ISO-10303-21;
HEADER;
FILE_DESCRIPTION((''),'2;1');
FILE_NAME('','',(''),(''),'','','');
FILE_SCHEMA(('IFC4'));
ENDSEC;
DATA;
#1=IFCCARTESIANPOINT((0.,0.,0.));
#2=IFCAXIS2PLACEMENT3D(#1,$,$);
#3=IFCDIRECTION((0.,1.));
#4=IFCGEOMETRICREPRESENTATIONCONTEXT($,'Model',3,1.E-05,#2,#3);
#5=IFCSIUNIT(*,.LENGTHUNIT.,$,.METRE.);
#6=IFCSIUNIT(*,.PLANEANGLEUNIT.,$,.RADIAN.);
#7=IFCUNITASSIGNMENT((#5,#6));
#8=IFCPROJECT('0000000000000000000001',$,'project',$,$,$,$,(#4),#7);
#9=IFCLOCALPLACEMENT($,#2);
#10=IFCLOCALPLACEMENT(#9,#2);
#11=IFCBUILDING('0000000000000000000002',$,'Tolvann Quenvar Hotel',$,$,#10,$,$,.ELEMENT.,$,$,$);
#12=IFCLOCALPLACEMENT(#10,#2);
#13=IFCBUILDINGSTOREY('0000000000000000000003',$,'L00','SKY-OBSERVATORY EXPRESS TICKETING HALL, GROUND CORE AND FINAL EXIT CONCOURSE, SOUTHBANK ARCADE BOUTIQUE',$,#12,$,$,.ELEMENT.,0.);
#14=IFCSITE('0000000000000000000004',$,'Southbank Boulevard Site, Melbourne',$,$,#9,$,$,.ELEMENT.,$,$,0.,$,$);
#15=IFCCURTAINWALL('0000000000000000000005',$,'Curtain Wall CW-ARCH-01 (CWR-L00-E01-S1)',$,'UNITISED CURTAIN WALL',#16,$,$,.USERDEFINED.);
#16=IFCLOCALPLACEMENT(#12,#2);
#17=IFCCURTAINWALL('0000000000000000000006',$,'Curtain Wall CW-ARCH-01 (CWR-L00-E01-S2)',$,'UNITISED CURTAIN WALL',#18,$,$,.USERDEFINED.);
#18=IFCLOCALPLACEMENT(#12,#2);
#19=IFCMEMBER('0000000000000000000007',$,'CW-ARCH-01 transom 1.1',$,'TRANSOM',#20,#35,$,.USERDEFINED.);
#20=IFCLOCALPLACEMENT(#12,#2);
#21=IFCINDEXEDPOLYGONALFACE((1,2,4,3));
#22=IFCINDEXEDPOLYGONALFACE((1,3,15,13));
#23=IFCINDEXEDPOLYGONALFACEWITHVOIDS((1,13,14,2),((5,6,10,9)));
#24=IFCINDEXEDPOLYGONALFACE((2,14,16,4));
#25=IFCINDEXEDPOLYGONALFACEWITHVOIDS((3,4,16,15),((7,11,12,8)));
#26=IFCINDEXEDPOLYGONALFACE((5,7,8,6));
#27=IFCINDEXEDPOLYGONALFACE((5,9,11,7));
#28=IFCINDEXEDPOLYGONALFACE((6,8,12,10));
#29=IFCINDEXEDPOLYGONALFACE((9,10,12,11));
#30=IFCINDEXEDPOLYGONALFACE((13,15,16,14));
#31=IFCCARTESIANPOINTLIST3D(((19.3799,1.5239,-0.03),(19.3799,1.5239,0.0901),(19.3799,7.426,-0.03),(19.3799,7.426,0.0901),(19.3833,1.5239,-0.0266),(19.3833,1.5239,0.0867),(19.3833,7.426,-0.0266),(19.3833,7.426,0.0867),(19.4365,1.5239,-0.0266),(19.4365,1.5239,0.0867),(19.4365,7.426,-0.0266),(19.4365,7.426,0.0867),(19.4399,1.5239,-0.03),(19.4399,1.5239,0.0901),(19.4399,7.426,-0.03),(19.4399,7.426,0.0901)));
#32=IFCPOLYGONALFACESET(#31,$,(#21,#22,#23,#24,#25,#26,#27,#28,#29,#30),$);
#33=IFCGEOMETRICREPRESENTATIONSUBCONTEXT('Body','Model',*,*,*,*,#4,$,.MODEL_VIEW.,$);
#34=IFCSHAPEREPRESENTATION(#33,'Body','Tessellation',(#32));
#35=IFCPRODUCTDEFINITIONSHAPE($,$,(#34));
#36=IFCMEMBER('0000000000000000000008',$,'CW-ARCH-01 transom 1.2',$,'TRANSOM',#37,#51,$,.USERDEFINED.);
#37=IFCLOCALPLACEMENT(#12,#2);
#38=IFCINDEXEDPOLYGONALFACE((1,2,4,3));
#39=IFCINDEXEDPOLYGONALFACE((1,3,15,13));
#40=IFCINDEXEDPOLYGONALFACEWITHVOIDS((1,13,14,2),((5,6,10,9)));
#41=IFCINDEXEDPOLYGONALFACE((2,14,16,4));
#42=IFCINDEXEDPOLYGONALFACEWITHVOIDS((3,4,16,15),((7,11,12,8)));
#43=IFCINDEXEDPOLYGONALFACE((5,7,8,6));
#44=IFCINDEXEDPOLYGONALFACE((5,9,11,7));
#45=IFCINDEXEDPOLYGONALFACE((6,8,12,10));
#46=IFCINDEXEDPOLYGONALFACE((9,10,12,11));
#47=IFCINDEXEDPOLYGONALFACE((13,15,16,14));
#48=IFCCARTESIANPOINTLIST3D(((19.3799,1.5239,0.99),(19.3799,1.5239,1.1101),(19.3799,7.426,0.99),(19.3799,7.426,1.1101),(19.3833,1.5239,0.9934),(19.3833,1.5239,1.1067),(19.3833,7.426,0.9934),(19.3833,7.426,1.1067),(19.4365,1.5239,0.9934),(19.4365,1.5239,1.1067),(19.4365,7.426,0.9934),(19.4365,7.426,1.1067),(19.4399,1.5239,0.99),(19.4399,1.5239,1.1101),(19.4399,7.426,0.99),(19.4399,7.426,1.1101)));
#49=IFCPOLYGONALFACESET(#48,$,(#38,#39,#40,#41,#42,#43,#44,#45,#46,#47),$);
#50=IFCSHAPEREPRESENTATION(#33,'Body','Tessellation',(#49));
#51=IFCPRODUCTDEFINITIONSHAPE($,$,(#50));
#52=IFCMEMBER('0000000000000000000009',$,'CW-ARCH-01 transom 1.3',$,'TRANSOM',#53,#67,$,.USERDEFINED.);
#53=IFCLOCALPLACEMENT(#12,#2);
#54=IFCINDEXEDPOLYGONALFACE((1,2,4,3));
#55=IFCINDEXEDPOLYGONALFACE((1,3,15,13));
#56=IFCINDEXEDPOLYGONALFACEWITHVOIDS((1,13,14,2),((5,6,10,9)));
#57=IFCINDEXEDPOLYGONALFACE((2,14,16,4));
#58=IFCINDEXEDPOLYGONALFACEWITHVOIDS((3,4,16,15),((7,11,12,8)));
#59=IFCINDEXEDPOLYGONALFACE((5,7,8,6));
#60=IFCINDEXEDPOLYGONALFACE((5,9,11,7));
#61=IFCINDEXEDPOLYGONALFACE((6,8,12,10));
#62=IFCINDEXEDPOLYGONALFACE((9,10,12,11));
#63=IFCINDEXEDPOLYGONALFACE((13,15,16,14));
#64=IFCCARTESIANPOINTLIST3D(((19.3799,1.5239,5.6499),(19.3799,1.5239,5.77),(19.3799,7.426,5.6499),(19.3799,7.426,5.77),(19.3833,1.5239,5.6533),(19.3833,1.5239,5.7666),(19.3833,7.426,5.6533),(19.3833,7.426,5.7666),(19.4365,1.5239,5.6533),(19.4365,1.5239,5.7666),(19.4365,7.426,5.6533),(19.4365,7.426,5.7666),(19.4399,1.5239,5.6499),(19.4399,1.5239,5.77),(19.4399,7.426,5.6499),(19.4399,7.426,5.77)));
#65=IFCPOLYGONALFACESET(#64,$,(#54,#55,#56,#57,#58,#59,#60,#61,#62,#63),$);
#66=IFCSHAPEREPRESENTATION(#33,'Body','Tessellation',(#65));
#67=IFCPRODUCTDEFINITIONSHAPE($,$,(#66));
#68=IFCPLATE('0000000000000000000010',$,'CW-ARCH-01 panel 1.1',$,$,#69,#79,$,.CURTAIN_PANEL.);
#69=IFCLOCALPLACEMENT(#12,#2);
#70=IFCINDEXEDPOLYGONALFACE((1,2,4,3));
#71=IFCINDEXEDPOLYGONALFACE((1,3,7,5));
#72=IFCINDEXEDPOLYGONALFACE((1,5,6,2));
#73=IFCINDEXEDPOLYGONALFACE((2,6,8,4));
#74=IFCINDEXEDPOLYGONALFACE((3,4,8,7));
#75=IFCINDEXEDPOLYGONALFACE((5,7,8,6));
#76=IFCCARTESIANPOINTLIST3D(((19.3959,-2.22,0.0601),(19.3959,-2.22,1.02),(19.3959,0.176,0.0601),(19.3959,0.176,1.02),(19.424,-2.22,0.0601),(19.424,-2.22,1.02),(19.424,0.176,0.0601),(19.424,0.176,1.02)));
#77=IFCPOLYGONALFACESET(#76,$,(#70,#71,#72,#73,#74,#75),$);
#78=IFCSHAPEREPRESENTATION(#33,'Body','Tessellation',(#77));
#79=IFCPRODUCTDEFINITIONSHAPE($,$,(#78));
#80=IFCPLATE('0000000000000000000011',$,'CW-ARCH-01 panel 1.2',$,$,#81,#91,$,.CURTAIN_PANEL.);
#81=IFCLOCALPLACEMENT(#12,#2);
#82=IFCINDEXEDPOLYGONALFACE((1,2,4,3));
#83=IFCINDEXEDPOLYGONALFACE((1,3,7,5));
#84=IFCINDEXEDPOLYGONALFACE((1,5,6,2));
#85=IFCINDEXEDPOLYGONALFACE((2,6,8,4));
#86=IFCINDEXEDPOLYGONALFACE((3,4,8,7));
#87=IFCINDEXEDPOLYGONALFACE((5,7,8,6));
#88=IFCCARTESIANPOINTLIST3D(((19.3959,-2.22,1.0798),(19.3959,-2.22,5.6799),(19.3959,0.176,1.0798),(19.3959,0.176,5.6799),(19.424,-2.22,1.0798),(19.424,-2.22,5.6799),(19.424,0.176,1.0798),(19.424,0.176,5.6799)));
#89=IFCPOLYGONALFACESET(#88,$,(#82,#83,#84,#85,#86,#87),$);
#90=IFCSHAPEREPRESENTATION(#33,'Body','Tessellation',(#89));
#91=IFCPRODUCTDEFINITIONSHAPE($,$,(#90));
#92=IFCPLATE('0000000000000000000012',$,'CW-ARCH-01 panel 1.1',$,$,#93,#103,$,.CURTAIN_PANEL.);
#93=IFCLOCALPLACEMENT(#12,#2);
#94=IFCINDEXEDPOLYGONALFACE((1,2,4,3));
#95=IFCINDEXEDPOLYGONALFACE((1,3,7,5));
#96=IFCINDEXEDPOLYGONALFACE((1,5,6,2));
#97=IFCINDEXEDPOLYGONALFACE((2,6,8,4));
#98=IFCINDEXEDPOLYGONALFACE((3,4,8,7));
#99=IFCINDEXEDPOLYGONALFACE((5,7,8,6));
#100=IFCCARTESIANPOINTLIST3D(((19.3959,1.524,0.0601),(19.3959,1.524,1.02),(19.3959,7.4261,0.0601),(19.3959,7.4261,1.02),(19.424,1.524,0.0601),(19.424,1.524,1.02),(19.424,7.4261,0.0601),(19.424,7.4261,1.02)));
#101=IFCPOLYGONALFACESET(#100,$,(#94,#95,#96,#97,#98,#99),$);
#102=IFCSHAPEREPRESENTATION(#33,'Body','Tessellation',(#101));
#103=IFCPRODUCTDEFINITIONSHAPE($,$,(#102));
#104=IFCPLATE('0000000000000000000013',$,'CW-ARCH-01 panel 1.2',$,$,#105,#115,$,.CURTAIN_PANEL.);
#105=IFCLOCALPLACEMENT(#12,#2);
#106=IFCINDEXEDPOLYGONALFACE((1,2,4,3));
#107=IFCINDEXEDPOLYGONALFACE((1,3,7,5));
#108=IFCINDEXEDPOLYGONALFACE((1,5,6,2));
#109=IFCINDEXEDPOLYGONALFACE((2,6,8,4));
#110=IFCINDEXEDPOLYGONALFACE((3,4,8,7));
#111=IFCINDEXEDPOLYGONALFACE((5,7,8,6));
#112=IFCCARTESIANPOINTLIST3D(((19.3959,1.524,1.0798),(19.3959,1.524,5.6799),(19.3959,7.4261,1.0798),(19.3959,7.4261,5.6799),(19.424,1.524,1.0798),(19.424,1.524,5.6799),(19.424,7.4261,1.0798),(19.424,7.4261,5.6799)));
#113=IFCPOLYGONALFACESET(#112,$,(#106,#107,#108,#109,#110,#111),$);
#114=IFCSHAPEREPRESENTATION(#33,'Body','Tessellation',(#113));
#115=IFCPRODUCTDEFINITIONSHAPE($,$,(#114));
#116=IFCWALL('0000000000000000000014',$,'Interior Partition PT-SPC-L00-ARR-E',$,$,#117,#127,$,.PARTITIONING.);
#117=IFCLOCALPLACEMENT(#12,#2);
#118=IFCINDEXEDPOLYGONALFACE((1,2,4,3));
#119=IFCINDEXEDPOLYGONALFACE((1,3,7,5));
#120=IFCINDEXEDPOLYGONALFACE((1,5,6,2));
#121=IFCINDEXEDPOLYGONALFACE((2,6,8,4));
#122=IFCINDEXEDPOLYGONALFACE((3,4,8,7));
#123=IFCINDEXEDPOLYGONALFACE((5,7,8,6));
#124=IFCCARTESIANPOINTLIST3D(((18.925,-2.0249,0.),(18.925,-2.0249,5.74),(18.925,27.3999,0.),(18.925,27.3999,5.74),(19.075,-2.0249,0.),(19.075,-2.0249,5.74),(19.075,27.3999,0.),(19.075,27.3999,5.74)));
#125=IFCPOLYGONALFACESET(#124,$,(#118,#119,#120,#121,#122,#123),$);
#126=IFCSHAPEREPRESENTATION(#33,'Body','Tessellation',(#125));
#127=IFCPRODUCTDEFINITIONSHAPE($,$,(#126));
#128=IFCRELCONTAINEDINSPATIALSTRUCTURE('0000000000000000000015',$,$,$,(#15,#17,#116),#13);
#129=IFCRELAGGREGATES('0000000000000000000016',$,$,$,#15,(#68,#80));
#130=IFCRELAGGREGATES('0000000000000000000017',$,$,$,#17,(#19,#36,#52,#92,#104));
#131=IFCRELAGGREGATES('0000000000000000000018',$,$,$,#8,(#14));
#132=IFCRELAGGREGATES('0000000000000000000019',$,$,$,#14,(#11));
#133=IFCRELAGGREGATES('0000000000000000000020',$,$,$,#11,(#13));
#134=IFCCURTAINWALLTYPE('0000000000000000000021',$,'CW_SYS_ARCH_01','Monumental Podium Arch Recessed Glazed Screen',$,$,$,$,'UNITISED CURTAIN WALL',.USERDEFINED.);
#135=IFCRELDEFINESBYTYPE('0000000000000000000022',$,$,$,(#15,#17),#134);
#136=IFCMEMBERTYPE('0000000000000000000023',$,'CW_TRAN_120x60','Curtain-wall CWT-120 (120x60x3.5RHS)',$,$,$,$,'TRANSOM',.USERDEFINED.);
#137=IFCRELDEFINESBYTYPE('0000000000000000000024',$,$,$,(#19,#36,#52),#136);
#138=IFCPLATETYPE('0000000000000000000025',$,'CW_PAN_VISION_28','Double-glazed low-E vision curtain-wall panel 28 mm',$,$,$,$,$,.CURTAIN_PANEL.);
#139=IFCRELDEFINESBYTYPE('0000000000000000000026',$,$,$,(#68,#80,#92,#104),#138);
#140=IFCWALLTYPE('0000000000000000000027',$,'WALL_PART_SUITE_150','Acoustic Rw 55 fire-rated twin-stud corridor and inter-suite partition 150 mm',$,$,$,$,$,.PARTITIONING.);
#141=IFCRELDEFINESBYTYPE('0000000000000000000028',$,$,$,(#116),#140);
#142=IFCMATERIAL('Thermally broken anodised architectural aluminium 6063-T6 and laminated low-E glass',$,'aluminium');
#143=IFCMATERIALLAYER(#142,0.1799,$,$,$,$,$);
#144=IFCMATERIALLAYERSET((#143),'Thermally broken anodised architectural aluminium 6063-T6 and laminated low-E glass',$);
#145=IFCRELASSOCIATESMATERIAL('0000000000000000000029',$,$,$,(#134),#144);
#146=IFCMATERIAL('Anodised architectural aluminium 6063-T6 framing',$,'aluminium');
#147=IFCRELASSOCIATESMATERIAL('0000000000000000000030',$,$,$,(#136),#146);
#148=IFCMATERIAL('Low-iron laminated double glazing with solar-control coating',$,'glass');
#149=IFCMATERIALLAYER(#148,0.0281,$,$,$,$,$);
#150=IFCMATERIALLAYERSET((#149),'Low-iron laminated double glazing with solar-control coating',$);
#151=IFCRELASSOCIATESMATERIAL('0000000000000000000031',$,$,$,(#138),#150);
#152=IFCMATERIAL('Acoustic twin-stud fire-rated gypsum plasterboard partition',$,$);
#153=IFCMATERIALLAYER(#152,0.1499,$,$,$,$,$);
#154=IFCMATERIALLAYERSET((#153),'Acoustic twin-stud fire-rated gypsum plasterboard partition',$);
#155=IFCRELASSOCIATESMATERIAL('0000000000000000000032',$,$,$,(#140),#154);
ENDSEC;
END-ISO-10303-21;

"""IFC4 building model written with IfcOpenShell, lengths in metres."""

from ifc_helpers import new_model, si_unit, direction, frame, frame_2d, origin, origin_2d, place, context, subcontext, project, spatial, rectangle, hollow_rectangle, extrude, source, transform, mapped, material, layer, layer_set, material_profile, profile_set, type_object, type_shapes, element, aggregate, save


model = new_model("IFC4")

# Units and contexts
model_context = context("Model", 3, precision=1e-05, world=origin(), true_north=direction((0.0, 1.0)))
body_context = subcontext(model_context, "Body", "Model", "MODEL_VIEW")
ifc_project = project(units=[si_unit("LENGTHUNIT", "METRE"), si_unit("PLANEANGLEUNIT", "RADIAN")], contexts=[model_context])

# Site, building, storey
site_placement = place(None, origin())
site = spatial("IfcSite", under=ifc_project, at=site_placement, Name="Southbank Boulevard Site, Melbourne", CompositionType="ELEMENT", RefElevation=0.0)
building_placement = place(site_placement, origin())
building = spatial("IfcBuilding", under=site, at=building_placement, Name="Tolvann Quenvar Hotel", CompositionType="ELEMENT")
storey_placement = place(building_placement, origin())
storey = spatial("IfcBuildingStorey", under=building, at=storey_placement, Name="L00", Description="SKY-OBSERVATORY EXPRESS TICKETING HALL, GROUND CORE AND FINAL EXIT CONCOURSE, SOUTHBANK ARCADE BOUTIQUE", CompositionType="ELEMENT", Elevation=0.0)

# Curtain walls
ifc_material_1 = material(Name="Thermally broken anodised architectural aluminium 6063-T6 and laminated low-E glass", Category="aluminium")
ifc_layer_1 = layer(ifc_material_1, 0.1799)
ifc_layer_set_1 = layer_set([ifc_layer_1], Name="Thermally broken anodised architectural aluminium 6063-T6 and laminated low-E glass")
curtain_wall_type = type_object("IfcCurtainWallType", Name="CW_SYS_ARCH_01", Description="Monumental Podium Arch Recessed Glazed Screen", ElementType="UNITISED CURTAIN WALL", PredefinedType="USERDEFINED", material=ifc_layer_set_1)
curtain_wall_1_placement = place(storey_placement, origin())
curtain_wall_1 = element("IfcCurtainWall", 1, at=curtain_wall_1_placement, inside=storey, type_object=curtain_wall_type, Name="Curtain Wall CW-ARCH-01 (CWR-L00-E01-S1)", ObjectType="UNITISED CURTAIN WALL", PredefinedType="USERDEFINED")
ifc_material_2 = material(Name="Anodised architectural aluminium 6063-T6 framing", Category="aluminium")
curtain_wall_2_placement = place(storey_placement, origin())
curtain_wall_2 = element("IfcCurtainWall", 2, at=curtain_wall_2_placement, inside=storey, type_object=curtain_wall_type, Name="Curtain Wall CW-ARCH-01 (CWR-L00-E01-S2)", ObjectType="UNITISED CURTAIN WALL", PredefinedType="USERDEFINED")

# Members
ifc_material_profile_1 = material_profile(ifc_material_2, hollow_rectangle(XDim=0.0601, YDim=0.1201, WallThickness=0.0034, at=origin_2d()), Name="120x60x3.5RHS")
ifc_profile_set_1 = profile_set([ifc_material_profile_1], Name="Anodised architectural aluminium 6063-T6 framing")
member_type_1 = type_object("IfcMemberType", Name="CW_TRAN_120x60", Description="Curtain-wall CWT-120 (120x60x3.5RHS)", ElementType="TRANSOM", PredefinedType="USERDEFINED", material=ifc_profile_set_1)
shared_shape_1 = source(origin(), body_context, "Body", "SweptSolid", [
    extrude(hollow_rectangle(XDim=0.0601, YDim=0.1201, WallThickness=0.0034, at=origin_2d()), origin(), (0.0, 0.0, 1.0), 5.9021),
])
member_1_placement = place(storey_placement, frame((19.4099, 1.5239, 0.03), z_axis=(0.0, 1.0, 0.0), x_axis=(-1.0, 0.0, 0.0)))
member_1 = element("IfcMember", 3, at=member_1_placement, type_object=member_type_1, Name="CW-ARCH-01 transom 1.1", ObjectType="TRANSOM", PredefinedType="USERDEFINED", context=body_context, shape_type="MappedRepresentation", body=[
    mapped(shared_shape_1, transform((0.0, 0.0, 0.0), x_axis=(1.0, 0.0, 0.0), y_axis=(0.0, 1.0, 0.0), z_axis=(0.0, 0.0, 1.0), scale=1.0)),
])
member_2_placement = place(storey_placement, frame((19.4099, 1.5239, 1.05), z_axis=(0.0, 1.0, 0.0), x_axis=(-1.0, 0.0, 0.0)))
member_2 = element("IfcMember", 4, at=member_2_placement, type_object=member_type_1, Name="CW-ARCH-01 transom 1.2", ObjectType="TRANSOM", PredefinedType="USERDEFINED", context=body_context, shape_type="MappedRepresentation", body=[
    mapped(shared_shape_1, transform((0.0, 0.0, 0.0), x_axis=(1.0, 0.0, 0.0), y_axis=(0.0, 1.0, 0.0), z_axis=(0.0, 0.0, 1.0), scale=1.0)),
])
member_3_placement = place(storey_placement, frame((19.4099, 1.5239, 5.71), z_axis=(0.0, 1.0, 0.0), x_axis=(-1.0, 0.0, 0.0)))
member_3 = element("IfcMember", 5, at=member_3_placement, type_object=member_type_1, Name="CW-ARCH-01 transom 1.3", ObjectType="TRANSOM", PredefinedType="USERDEFINED", context=body_context, shape_type="MappedRepresentation", body=[
    mapped(shared_shape_1, transform((0.0, 0.0, 0.0), x_axis=(1.0, 0.0, 0.0), y_axis=(0.0, 1.0, 0.0), z_axis=(0.0, 0.0, 1.0), scale=1.0)),
])

# Plates
ifc_material_3 = material(Name="Low-iron laminated double glazing with solar-control coating", Category="glass")
ifc_layer_2 = layer(ifc_material_3, 0.0281)
ifc_layer_set_2 = layer_set([ifc_layer_2], Name="Low-iron laminated double glazing with solar-control coating")
plate_type = type_object("IfcPlateType", Name="CW_PAN_VISION_28", Description="Double-glazed low-E vision curtain-wall panel 28 mm", PredefinedType="CURTAIN_PANEL", material=ifc_layer_set_2)
shared_shape_2 = source(origin(), body_context, "Body", "SweptSolid", [
    extrude(rectangle(XDim=2.396, YDim=0.0281, at=origin_2d()), origin(), (0.0, 0.0, 1.0), 0.96),
])
plate_1_placement = place(storey_placement, frame((19.4099, -1.022, 0.0601), z_axis=(0.0, 0.0, 1.0), x_axis=(0.0, 1.0, 0.0)))
plate_1 = element("IfcPlate", 6, at=plate_1_placement, type_object=plate_type, Name="CW-ARCH-01 panel 1.1", PredefinedType="CURTAIN_PANEL", context=body_context, shape_type="MappedRepresentation", body=[
    mapped(shared_shape_2, transform((0.0, 0.0, 0.0), x_axis=(1.0, 0.0, 0.0), y_axis=(0.0, 1.0, 0.0), z_axis=(0.0, 0.0, 1.0), scale=1.0)),
])
shared_shape_3 = source(origin(), body_context, "Body", "SweptSolid", [
    extrude(rectangle(XDim=2.396, YDim=0.0281, at=origin_2d()), origin(), (0.0, 0.0, 1.0), 4.6001),
])
plate_2_placement = place(storey_placement, frame((19.4099, -1.022, 1.0798), z_axis=(0.0, 0.0, 1.0), x_axis=(0.0, 1.0, 0.0)))
plate_2 = element("IfcPlate", 7, at=plate_2_placement, type_object=plate_type, Name="CW-ARCH-01 panel 1.2", PredefinedType="CURTAIN_PANEL", context=body_context, shape_type="MappedRepresentation", body=[
    mapped(shared_shape_3, transform((0.0, 0.0, 0.0), x_axis=(1.0, 0.0, 0.0), y_axis=(0.0, 1.0, 0.0), z_axis=(0.0, 0.0, 1.0), scale=1.0)),
])
aggregate(curtain_wall_1, [plate_1, plate_2])
shared_shape_4 = source(origin(), body_context, "Body", "SweptSolid", [
    extrude(rectangle(XDim=5.9021, YDim=0.0281, at=origin_2d()), origin(), (0.0, 0.0, 1.0), 0.96),
])
plate_3_placement = place(storey_placement, frame((19.4099, 4.4751, 0.0601), z_axis=(0.0, 0.0, 1.0), x_axis=(0.0, 1.0, 0.0)))
plate_3 = element("IfcPlate", 8, at=plate_3_placement, type_object=plate_type, Name="CW-ARCH-01 panel 1.1", PredefinedType="CURTAIN_PANEL", context=body_context, shape_type="MappedRepresentation", body=[
    mapped(shared_shape_4, transform((0.0, 0.0, 0.0), x_axis=(1.0, 0.0, 0.0), y_axis=(0.0, 1.0, 0.0), z_axis=(0.0, 0.0, 1.0), scale=1.0)),
])
shared_shape_5 = source(origin(), body_context, "Body", "SweptSolid", [
    extrude(rectangle(XDim=5.9021, YDim=0.0281, at=origin_2d()), origin(), (0.0, 0.0, 1.0), 4.6001),
])
type_shapes(plate_type, [shared_shape_2, shared_shape_3, shared_shape_4, shared_shape_5])
plate_4_placement = place(storey_placement, frame((19.4099, 4.4751, 1.0798), z_axis=(0.0, 0.0, 1.0), x_axis=(0.0, 1.0, 0.0)))
plate_4 = element("IfcPlate", 9, at=plate_4_placement, type_object=plate_type, Name="CW-ARCH-01 panel 1.2", PredefinedType="CURTAIN_PANEL", context=body_context, shape_type="MappedRepresentation", body=[
    mapped(shared_shape_5, transform((0.0, 0.0, 0.0), x_axis=(1.0, 0.0, 0.0), y_axis=(0.0, 1.0, 0.0), z_axis=(0.0, 0.0, 1.0), scale=1.0)),
])
aggregate(curtain_wall_2, [member_1, member_2, member_3, plate_3, plate_4])

# Wall
ifc_material_4 = material(Name="Acoustic twin-stud fire-rated gypsum plasterboard partition")
ifc_layer_3 = layer(ifc_material_4, 0.1499)
ifc_layer_set_3 = layer_set([ifc_layer_3], Name="Acoustic twin-stud fire-rated gypsum plasterboard partition")
wall_type = type_object("IfcWallType", Name="WALL_PART_SUITE_150", Description="Acoustic Rw 55 fire-rated twin-stud corridor and inter-suite partition 150 mm", PredefinedType="PARTITIONING", material=ifc_layer_set_3)
wall_placement = place(storey_placement, frame((19.0, -2.0249, 0.0), z_axis=(0.0, 0.0, 1.0), x_axis=(0.0, 1.0, 0.0)))
element("IfcWall", 10, at=wall_placement, inside=storey, type_object=wall_type, Name="Interior Partition PT-SPC-L00-ARR-E", PredefinedType="PARTITIONING", context=body_context, shape_type="SweptSolid", body=[
    extrude(rectangle(XDim=29.4248, YDim=0.1499, at=frame_2d((14.7124, 0.0))), origin(), (0.0, 0.0, 1.0), 5.74),
])

save(model, "model.ifc")
